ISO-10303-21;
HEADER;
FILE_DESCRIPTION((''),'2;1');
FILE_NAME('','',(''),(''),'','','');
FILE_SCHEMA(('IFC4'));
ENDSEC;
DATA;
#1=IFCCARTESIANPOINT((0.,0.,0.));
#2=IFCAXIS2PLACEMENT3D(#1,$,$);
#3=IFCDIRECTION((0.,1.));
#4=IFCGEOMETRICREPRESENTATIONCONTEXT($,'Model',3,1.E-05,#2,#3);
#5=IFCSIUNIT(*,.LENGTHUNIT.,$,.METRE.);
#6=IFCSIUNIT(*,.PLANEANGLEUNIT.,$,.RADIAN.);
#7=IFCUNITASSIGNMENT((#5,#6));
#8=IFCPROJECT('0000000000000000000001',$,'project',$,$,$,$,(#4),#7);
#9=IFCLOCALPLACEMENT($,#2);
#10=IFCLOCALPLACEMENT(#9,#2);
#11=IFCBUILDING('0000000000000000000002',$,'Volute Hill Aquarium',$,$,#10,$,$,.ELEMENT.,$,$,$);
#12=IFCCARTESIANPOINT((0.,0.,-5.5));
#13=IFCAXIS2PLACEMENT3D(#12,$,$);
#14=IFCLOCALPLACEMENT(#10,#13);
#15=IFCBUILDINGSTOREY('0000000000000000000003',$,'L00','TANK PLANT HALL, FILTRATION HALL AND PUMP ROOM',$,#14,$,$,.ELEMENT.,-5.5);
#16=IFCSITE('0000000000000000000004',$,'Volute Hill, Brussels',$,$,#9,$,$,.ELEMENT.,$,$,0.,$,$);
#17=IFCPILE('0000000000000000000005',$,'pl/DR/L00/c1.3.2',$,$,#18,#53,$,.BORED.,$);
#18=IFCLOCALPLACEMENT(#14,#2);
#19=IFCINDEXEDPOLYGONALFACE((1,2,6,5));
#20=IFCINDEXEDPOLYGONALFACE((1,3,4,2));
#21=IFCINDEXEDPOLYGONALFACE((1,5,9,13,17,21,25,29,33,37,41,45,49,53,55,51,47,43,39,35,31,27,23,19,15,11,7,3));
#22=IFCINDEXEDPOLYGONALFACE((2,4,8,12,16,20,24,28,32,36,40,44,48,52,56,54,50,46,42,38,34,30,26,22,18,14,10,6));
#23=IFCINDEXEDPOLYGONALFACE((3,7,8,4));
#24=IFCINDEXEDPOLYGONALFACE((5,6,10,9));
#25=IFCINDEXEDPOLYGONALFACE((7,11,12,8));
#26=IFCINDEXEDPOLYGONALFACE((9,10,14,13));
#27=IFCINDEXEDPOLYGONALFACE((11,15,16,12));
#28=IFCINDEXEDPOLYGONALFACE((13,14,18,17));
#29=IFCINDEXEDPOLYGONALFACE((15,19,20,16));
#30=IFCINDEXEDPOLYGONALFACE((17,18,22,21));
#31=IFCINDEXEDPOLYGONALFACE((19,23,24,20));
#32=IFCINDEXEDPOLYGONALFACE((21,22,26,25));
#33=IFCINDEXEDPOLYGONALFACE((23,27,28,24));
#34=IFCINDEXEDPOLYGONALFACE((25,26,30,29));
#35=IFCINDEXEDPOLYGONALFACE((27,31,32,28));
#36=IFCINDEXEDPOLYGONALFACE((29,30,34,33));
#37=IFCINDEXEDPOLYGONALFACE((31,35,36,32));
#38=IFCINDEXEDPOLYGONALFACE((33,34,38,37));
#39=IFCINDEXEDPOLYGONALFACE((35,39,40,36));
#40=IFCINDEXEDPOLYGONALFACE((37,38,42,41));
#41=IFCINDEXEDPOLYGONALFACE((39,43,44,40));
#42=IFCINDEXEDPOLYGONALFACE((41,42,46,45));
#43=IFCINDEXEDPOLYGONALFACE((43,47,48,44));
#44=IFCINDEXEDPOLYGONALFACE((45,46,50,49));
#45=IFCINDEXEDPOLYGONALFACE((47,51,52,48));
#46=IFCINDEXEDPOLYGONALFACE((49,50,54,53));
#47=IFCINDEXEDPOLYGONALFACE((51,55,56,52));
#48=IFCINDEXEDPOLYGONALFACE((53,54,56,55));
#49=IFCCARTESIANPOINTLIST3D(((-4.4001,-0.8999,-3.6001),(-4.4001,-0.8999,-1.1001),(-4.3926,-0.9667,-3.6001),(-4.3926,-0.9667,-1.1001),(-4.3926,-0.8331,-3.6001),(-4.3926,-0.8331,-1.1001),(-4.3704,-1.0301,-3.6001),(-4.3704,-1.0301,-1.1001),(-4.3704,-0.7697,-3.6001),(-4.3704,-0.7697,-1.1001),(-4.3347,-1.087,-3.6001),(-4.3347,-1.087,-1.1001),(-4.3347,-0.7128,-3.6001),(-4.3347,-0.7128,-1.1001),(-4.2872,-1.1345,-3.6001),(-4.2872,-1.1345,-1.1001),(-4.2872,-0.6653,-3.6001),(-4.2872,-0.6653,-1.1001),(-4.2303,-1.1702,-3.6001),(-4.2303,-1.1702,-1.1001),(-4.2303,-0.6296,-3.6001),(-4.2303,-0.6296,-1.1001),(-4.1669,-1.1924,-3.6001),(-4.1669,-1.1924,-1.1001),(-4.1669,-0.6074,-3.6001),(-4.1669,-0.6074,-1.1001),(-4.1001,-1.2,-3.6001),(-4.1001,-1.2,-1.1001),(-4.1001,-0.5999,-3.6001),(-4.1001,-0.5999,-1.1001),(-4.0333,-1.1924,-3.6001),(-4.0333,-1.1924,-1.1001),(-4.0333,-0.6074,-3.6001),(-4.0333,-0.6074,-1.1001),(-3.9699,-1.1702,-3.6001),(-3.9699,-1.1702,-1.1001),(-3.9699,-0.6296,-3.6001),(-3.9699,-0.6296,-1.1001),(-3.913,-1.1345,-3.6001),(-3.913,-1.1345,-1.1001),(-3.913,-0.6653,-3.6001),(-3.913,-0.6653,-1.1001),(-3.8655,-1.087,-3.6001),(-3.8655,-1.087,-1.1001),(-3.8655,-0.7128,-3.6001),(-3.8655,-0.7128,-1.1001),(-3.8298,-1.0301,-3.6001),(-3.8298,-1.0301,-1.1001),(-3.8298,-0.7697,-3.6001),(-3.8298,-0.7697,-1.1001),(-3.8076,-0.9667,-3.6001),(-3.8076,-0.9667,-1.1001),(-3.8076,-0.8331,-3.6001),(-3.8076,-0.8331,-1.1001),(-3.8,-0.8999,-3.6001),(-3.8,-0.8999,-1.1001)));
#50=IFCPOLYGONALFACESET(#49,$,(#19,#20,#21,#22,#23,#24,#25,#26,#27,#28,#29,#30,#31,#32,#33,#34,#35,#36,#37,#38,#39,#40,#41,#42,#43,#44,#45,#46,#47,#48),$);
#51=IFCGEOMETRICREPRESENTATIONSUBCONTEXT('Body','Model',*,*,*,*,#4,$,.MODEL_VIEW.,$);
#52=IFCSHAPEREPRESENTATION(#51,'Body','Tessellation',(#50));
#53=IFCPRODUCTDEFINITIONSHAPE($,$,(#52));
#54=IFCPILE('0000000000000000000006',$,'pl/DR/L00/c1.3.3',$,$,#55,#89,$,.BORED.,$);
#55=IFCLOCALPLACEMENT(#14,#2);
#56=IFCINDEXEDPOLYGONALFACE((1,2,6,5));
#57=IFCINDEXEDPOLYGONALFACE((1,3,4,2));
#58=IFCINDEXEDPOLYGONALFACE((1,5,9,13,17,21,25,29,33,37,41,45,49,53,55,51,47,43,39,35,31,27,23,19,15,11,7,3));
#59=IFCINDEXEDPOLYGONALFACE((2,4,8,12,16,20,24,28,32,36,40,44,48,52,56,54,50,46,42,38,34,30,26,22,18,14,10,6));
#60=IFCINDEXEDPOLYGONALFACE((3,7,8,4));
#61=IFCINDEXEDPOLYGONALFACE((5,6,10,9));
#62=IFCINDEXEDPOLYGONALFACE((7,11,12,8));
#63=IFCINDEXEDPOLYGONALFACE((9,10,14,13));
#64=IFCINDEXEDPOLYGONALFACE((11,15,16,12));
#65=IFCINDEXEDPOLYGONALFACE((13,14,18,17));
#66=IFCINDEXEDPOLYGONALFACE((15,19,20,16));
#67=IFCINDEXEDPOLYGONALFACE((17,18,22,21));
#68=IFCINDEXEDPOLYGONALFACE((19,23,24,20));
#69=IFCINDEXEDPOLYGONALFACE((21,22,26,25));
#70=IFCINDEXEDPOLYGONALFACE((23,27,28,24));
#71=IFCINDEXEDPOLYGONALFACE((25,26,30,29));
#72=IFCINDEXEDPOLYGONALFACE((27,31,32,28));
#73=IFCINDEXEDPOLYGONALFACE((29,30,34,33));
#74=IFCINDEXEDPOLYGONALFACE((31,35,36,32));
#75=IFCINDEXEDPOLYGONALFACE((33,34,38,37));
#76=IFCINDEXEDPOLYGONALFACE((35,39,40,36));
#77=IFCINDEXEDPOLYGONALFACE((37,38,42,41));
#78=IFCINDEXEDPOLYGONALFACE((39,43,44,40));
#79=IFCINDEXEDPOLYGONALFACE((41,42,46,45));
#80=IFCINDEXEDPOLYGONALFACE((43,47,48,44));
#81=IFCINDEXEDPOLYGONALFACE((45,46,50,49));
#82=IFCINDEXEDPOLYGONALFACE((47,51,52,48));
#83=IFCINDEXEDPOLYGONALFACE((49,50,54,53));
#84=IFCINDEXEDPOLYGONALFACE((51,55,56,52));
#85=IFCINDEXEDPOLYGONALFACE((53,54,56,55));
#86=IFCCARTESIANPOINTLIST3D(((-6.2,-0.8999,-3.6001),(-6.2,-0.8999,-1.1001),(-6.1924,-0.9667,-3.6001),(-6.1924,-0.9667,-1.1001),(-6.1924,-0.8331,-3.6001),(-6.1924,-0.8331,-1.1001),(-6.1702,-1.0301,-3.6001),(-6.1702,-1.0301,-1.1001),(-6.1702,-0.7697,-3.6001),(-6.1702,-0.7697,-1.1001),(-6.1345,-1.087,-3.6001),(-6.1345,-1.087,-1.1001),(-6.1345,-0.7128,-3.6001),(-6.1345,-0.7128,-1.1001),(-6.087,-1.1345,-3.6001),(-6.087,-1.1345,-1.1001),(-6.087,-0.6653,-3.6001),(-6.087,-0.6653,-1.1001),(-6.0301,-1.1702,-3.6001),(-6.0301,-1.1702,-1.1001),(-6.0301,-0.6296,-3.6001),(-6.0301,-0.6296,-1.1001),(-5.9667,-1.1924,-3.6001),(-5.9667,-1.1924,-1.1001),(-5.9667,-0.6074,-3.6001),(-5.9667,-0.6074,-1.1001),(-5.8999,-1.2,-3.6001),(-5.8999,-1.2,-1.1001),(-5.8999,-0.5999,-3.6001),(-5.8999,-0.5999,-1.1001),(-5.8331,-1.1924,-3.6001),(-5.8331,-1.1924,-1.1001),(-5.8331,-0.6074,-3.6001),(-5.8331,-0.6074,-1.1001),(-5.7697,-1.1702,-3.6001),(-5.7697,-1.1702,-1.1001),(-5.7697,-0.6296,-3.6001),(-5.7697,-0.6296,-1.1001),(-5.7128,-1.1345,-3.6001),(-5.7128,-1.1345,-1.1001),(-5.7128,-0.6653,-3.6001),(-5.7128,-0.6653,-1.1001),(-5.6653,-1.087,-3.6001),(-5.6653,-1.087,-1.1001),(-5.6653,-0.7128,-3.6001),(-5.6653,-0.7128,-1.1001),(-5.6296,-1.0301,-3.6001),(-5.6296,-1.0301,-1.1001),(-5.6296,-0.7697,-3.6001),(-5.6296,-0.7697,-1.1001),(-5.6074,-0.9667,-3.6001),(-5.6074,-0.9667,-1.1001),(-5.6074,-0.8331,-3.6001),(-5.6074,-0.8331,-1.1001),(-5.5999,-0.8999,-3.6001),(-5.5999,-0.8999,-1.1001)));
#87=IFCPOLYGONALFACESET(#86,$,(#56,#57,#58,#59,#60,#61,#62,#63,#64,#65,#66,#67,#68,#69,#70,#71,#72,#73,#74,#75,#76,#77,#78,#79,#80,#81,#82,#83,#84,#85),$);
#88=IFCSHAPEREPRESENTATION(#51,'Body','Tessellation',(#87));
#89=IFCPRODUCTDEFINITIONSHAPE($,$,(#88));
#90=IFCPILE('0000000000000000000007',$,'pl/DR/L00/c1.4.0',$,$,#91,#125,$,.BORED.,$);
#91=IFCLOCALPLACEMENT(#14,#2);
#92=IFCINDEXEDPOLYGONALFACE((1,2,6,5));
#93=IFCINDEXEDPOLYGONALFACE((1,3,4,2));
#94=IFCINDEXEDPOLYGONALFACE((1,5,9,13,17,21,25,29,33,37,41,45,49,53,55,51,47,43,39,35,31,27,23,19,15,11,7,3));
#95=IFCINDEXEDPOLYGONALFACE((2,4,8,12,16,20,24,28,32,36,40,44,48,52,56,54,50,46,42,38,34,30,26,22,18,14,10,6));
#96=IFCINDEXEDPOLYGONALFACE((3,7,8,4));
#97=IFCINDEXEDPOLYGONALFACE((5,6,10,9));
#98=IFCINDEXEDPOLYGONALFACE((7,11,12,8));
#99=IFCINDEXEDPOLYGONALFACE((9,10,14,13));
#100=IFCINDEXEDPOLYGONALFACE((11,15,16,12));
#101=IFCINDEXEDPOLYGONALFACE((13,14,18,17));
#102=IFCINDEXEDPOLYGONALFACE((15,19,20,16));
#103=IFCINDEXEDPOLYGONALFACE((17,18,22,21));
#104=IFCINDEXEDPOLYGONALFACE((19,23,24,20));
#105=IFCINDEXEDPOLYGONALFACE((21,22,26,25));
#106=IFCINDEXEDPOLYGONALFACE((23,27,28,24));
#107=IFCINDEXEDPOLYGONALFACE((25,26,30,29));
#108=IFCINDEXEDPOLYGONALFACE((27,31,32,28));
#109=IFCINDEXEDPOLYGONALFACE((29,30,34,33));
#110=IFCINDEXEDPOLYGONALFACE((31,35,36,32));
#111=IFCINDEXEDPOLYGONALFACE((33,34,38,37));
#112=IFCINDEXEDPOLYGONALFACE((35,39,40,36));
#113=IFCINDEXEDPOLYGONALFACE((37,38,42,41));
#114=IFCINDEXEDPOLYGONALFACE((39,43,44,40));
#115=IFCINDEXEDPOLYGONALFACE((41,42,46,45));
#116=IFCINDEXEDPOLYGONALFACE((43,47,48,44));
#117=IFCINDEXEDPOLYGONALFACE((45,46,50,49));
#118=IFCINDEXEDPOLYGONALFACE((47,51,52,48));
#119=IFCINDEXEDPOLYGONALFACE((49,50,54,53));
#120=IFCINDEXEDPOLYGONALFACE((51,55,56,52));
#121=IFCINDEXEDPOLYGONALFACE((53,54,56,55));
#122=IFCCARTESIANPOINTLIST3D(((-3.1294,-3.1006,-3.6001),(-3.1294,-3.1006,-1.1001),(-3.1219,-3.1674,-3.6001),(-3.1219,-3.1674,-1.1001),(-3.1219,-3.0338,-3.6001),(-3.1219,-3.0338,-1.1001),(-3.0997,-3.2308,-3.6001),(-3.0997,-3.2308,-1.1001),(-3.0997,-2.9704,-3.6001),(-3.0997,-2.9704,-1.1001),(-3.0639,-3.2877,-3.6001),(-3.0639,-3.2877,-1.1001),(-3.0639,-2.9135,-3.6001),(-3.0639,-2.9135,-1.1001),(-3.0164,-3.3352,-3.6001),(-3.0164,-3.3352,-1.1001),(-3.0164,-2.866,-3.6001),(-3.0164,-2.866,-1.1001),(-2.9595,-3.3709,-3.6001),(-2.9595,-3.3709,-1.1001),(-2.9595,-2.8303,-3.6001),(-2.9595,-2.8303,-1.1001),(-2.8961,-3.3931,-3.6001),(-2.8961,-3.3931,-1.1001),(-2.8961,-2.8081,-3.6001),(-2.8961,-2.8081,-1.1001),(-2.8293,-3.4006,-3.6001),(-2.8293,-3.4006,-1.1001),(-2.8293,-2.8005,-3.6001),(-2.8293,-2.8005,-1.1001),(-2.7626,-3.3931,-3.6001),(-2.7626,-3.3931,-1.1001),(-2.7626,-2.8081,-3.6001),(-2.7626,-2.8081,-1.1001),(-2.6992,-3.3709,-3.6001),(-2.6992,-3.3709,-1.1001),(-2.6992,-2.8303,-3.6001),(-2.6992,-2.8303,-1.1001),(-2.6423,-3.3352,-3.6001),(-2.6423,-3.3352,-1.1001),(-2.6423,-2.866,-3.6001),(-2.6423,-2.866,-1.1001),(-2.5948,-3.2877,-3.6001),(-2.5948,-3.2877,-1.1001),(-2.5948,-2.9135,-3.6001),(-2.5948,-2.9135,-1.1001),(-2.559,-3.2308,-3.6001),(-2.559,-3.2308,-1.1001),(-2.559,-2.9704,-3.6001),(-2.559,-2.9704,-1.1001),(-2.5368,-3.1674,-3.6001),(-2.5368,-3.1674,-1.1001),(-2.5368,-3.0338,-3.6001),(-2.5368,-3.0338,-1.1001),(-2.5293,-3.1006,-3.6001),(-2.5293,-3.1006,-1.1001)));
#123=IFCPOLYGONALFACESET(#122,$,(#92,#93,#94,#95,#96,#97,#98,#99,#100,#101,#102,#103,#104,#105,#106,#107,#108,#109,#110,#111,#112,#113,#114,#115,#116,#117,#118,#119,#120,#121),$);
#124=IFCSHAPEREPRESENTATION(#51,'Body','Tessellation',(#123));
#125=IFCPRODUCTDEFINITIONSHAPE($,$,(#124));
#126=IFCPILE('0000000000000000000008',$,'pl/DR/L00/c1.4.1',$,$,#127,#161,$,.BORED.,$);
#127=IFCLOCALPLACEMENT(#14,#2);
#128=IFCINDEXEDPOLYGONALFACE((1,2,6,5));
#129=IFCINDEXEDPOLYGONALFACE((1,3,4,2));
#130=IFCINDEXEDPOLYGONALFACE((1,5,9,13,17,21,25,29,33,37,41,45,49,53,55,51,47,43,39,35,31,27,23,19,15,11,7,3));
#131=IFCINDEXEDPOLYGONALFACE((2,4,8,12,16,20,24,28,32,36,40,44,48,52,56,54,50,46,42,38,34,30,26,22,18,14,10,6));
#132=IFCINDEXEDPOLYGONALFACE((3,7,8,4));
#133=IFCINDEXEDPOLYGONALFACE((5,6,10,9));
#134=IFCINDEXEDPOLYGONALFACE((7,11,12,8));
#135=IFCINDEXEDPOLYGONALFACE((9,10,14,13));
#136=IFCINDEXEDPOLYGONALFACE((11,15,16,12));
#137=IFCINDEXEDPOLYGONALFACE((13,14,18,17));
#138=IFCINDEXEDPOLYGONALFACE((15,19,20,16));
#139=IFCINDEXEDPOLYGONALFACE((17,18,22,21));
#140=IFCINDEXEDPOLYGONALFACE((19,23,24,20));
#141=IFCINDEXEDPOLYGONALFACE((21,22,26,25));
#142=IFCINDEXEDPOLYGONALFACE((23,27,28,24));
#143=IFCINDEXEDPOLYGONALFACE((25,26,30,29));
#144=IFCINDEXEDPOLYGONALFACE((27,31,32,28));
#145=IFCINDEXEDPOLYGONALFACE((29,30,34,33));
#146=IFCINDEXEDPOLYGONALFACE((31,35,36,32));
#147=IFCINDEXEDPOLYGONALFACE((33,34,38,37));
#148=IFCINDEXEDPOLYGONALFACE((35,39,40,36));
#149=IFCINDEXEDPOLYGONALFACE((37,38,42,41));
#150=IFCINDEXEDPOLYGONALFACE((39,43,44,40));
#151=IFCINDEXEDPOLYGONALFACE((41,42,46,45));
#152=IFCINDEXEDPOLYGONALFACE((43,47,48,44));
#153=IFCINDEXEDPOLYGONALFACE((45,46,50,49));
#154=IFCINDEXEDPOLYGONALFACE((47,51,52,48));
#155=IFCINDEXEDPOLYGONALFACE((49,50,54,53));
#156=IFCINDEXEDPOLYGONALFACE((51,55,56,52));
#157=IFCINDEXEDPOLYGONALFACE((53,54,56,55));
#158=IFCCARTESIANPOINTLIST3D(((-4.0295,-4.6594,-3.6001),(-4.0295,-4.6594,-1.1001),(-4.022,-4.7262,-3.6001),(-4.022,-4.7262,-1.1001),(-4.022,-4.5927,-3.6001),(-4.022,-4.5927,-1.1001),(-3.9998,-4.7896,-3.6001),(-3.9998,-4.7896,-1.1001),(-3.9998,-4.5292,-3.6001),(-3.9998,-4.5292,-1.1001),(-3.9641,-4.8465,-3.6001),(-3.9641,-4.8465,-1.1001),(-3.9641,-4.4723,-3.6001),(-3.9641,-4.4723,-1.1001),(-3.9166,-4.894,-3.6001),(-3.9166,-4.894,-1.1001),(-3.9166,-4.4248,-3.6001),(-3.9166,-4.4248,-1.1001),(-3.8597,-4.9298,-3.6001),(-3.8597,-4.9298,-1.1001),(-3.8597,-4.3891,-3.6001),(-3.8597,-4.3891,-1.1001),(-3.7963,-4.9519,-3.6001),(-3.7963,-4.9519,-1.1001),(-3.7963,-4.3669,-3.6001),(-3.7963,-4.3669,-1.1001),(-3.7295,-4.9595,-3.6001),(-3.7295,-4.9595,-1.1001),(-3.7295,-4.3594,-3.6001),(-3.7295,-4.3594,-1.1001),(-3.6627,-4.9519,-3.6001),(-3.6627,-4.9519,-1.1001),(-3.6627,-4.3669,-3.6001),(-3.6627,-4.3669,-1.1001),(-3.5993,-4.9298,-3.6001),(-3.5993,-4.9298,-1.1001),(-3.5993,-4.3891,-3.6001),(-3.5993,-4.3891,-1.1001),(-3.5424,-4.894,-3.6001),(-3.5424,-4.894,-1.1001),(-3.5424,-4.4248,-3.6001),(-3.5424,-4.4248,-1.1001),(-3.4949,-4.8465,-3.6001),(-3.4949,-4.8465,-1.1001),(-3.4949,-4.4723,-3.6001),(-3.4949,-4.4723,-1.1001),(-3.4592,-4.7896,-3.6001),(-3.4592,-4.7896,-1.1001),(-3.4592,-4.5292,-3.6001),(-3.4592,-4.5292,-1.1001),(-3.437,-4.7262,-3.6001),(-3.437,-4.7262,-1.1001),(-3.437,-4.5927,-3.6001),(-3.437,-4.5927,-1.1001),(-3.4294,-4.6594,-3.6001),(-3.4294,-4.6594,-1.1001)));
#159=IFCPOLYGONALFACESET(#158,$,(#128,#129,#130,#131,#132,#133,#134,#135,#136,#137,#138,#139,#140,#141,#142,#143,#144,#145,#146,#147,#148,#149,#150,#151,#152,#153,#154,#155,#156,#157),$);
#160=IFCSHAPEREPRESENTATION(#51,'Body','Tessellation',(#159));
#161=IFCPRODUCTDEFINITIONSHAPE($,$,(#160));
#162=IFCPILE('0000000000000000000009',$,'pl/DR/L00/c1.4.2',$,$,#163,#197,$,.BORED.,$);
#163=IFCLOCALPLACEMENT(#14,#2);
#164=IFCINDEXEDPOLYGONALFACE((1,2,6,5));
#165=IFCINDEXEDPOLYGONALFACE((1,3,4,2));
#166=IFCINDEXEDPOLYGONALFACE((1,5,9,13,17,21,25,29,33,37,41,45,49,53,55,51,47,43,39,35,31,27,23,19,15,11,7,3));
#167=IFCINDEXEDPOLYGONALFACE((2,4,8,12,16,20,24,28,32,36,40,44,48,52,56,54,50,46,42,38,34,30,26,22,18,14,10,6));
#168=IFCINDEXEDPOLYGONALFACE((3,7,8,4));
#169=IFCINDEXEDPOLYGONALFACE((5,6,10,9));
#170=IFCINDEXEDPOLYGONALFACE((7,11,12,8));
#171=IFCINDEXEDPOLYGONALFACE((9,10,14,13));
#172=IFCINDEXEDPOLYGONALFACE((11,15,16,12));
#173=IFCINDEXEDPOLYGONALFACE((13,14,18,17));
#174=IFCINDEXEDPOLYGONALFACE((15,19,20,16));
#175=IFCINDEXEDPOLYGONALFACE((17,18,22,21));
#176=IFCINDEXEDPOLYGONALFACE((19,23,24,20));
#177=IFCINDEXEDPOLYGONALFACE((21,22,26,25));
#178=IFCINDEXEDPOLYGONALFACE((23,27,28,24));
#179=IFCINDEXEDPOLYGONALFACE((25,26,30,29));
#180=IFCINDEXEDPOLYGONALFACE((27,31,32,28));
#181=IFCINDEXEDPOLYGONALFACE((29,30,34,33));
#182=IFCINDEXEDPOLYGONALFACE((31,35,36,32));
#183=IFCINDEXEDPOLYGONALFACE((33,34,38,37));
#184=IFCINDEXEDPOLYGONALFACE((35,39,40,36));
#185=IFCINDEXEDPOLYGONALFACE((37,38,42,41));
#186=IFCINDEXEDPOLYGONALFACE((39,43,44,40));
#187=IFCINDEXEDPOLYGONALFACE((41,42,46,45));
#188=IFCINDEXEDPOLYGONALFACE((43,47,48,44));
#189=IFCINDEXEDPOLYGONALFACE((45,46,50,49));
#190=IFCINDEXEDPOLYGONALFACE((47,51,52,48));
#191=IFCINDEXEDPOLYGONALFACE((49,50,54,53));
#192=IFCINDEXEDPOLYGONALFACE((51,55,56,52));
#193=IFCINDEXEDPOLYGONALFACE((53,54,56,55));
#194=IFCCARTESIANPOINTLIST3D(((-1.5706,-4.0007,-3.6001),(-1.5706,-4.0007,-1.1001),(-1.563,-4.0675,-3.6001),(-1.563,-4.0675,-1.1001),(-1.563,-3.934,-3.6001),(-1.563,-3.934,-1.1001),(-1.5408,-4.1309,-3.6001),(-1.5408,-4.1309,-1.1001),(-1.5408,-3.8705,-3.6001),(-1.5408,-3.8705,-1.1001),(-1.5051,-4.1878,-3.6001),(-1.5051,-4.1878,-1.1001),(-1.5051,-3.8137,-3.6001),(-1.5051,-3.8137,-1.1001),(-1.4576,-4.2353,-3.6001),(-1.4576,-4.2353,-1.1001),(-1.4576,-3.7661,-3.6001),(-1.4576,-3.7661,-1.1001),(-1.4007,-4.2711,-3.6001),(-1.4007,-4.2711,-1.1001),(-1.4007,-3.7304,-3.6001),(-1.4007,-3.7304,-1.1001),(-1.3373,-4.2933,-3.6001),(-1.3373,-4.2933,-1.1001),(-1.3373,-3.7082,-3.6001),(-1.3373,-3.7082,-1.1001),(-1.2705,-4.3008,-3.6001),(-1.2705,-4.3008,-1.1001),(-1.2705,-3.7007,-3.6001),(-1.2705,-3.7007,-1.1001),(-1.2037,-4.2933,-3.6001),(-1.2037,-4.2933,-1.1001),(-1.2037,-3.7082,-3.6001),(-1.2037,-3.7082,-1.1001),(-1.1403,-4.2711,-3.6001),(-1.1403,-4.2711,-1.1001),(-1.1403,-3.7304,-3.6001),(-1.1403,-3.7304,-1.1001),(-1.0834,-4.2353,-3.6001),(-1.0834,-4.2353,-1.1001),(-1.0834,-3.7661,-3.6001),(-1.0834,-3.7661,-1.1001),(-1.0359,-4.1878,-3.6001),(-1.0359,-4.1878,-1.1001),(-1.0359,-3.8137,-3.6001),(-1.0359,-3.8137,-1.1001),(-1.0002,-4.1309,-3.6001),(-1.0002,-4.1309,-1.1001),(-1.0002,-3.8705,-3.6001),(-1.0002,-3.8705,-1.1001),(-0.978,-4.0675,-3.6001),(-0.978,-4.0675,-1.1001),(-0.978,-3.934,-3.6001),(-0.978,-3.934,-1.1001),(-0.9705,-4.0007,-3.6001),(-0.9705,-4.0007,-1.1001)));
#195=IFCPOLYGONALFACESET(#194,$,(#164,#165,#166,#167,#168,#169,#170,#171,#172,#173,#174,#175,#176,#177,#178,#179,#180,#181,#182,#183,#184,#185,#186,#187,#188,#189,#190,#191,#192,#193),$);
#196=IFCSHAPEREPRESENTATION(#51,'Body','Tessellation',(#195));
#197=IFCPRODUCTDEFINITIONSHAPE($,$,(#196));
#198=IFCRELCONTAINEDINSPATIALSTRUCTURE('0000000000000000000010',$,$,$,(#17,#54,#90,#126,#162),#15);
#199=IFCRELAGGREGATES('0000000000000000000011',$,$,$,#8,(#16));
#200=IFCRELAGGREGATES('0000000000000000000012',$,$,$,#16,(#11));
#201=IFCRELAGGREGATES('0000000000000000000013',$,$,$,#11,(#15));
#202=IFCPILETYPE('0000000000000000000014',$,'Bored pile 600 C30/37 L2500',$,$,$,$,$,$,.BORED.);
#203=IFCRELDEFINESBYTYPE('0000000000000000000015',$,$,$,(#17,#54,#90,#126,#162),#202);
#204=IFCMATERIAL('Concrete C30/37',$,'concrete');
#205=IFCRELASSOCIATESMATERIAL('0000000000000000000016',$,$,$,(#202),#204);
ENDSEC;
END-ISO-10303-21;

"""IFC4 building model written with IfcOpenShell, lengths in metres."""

from ifc_helpers import new_model, si_unit, direction, frame, origin, origin_2d, place, context, subcontext, project, spatial, circle, extrude, material, type_object, element, save


model = new_model("IFC4")

# Units and contexts
model_context = context("Model", 3, precision=1e-05, world=origin(), true_north=direction((0.0, 1.0)))
body_context = subcontext(model_context, "Body", "Model", "MODEL_VIEW")
ifc_project = project(units=[si_unit("LENGTHUNIT", "METRE"), si_unit("PLANEANGLEUNIT", "RADIAN")], contexts=[model_context])

# Site, building, storey
site_placement = place(None, origin())
site = spatial("IfcSite", under=ifc_project, at=site_placement, Name="Volute Hill, Brussels", CompositionType="ELEMENT", RefElevation=0.0)
building_placement = place(site_placement, origin())
building = spatial("IfcBuilding", under=site, at=building_placement, Name="Volute Hill Aquarium", CompositionType="ELEMENT")
storey_placement = place(building_placement, frame((0.0, 0.0, -5.5)))
storey = spatial("IfcBuildingStorey", under=building, at=storey_placement, Name="L00", Description="TANK PLANT HALL, FILTRATION HALL AND PUMP ROOM", CompositionType="ELEMENT", Elevation=-5.5)

# Piles
ifc_material_1 = material(Name="Concrete C30/37", Category="concrete")
pile_type = type_object("IfcPileType", Name="Bored pile 600 C30/37 L2500", PredefinedType="BORED", material=ifc_material_1)
for number, where, z_axis, x_axis, name in (
    (1, (-4.1001, -0.8999, -1.1001), (0.0, 0.0, -1.0), (1.0, 0.0, 0.0), "pl/DR/L00/c1.3.2"),
    (2, (-5.8999, -0.8999, -1.1001), (0.0, 0.0, -1.0), (1.0, 0.0, 0.0), "pl/DR/L00/c1.3.3"),
    (3, (-2.8293, -3.1006, -1.1001), (0.0, 0.0, -1.0), (1.0, 0.0, 0.0), "pl/DR/L00/c1.4.0"),
    (4, (-3.7295, -4.6594, -1.1001), (0.0, 0.0, -1.0), (1.0, 0.0, 0.0), "pl/DR/L00/c1.4.1"),
    (5, (-1.2705, -4.0007, -1.1001), (0.0, 0.0, -1.0), (1.0, 0.0, 0.0), "pl/DR/L00/c1.4.2"),
):
    element("IfcPile", number, at=place(storey_placement, frame(where, z_axis=z_axis, x_axis=x_axis)), inside=storey, type_object=pile_type, Name=name, PredefinedType="BORED", context=body_context, shape_type="SweptSolid", body=[
        extrude(circle(Radius=0.3, at=origin_2d()), origin(), (0.0, 0.0, 1.0), 2.5),
    ])

save(model, "model.ifc")
